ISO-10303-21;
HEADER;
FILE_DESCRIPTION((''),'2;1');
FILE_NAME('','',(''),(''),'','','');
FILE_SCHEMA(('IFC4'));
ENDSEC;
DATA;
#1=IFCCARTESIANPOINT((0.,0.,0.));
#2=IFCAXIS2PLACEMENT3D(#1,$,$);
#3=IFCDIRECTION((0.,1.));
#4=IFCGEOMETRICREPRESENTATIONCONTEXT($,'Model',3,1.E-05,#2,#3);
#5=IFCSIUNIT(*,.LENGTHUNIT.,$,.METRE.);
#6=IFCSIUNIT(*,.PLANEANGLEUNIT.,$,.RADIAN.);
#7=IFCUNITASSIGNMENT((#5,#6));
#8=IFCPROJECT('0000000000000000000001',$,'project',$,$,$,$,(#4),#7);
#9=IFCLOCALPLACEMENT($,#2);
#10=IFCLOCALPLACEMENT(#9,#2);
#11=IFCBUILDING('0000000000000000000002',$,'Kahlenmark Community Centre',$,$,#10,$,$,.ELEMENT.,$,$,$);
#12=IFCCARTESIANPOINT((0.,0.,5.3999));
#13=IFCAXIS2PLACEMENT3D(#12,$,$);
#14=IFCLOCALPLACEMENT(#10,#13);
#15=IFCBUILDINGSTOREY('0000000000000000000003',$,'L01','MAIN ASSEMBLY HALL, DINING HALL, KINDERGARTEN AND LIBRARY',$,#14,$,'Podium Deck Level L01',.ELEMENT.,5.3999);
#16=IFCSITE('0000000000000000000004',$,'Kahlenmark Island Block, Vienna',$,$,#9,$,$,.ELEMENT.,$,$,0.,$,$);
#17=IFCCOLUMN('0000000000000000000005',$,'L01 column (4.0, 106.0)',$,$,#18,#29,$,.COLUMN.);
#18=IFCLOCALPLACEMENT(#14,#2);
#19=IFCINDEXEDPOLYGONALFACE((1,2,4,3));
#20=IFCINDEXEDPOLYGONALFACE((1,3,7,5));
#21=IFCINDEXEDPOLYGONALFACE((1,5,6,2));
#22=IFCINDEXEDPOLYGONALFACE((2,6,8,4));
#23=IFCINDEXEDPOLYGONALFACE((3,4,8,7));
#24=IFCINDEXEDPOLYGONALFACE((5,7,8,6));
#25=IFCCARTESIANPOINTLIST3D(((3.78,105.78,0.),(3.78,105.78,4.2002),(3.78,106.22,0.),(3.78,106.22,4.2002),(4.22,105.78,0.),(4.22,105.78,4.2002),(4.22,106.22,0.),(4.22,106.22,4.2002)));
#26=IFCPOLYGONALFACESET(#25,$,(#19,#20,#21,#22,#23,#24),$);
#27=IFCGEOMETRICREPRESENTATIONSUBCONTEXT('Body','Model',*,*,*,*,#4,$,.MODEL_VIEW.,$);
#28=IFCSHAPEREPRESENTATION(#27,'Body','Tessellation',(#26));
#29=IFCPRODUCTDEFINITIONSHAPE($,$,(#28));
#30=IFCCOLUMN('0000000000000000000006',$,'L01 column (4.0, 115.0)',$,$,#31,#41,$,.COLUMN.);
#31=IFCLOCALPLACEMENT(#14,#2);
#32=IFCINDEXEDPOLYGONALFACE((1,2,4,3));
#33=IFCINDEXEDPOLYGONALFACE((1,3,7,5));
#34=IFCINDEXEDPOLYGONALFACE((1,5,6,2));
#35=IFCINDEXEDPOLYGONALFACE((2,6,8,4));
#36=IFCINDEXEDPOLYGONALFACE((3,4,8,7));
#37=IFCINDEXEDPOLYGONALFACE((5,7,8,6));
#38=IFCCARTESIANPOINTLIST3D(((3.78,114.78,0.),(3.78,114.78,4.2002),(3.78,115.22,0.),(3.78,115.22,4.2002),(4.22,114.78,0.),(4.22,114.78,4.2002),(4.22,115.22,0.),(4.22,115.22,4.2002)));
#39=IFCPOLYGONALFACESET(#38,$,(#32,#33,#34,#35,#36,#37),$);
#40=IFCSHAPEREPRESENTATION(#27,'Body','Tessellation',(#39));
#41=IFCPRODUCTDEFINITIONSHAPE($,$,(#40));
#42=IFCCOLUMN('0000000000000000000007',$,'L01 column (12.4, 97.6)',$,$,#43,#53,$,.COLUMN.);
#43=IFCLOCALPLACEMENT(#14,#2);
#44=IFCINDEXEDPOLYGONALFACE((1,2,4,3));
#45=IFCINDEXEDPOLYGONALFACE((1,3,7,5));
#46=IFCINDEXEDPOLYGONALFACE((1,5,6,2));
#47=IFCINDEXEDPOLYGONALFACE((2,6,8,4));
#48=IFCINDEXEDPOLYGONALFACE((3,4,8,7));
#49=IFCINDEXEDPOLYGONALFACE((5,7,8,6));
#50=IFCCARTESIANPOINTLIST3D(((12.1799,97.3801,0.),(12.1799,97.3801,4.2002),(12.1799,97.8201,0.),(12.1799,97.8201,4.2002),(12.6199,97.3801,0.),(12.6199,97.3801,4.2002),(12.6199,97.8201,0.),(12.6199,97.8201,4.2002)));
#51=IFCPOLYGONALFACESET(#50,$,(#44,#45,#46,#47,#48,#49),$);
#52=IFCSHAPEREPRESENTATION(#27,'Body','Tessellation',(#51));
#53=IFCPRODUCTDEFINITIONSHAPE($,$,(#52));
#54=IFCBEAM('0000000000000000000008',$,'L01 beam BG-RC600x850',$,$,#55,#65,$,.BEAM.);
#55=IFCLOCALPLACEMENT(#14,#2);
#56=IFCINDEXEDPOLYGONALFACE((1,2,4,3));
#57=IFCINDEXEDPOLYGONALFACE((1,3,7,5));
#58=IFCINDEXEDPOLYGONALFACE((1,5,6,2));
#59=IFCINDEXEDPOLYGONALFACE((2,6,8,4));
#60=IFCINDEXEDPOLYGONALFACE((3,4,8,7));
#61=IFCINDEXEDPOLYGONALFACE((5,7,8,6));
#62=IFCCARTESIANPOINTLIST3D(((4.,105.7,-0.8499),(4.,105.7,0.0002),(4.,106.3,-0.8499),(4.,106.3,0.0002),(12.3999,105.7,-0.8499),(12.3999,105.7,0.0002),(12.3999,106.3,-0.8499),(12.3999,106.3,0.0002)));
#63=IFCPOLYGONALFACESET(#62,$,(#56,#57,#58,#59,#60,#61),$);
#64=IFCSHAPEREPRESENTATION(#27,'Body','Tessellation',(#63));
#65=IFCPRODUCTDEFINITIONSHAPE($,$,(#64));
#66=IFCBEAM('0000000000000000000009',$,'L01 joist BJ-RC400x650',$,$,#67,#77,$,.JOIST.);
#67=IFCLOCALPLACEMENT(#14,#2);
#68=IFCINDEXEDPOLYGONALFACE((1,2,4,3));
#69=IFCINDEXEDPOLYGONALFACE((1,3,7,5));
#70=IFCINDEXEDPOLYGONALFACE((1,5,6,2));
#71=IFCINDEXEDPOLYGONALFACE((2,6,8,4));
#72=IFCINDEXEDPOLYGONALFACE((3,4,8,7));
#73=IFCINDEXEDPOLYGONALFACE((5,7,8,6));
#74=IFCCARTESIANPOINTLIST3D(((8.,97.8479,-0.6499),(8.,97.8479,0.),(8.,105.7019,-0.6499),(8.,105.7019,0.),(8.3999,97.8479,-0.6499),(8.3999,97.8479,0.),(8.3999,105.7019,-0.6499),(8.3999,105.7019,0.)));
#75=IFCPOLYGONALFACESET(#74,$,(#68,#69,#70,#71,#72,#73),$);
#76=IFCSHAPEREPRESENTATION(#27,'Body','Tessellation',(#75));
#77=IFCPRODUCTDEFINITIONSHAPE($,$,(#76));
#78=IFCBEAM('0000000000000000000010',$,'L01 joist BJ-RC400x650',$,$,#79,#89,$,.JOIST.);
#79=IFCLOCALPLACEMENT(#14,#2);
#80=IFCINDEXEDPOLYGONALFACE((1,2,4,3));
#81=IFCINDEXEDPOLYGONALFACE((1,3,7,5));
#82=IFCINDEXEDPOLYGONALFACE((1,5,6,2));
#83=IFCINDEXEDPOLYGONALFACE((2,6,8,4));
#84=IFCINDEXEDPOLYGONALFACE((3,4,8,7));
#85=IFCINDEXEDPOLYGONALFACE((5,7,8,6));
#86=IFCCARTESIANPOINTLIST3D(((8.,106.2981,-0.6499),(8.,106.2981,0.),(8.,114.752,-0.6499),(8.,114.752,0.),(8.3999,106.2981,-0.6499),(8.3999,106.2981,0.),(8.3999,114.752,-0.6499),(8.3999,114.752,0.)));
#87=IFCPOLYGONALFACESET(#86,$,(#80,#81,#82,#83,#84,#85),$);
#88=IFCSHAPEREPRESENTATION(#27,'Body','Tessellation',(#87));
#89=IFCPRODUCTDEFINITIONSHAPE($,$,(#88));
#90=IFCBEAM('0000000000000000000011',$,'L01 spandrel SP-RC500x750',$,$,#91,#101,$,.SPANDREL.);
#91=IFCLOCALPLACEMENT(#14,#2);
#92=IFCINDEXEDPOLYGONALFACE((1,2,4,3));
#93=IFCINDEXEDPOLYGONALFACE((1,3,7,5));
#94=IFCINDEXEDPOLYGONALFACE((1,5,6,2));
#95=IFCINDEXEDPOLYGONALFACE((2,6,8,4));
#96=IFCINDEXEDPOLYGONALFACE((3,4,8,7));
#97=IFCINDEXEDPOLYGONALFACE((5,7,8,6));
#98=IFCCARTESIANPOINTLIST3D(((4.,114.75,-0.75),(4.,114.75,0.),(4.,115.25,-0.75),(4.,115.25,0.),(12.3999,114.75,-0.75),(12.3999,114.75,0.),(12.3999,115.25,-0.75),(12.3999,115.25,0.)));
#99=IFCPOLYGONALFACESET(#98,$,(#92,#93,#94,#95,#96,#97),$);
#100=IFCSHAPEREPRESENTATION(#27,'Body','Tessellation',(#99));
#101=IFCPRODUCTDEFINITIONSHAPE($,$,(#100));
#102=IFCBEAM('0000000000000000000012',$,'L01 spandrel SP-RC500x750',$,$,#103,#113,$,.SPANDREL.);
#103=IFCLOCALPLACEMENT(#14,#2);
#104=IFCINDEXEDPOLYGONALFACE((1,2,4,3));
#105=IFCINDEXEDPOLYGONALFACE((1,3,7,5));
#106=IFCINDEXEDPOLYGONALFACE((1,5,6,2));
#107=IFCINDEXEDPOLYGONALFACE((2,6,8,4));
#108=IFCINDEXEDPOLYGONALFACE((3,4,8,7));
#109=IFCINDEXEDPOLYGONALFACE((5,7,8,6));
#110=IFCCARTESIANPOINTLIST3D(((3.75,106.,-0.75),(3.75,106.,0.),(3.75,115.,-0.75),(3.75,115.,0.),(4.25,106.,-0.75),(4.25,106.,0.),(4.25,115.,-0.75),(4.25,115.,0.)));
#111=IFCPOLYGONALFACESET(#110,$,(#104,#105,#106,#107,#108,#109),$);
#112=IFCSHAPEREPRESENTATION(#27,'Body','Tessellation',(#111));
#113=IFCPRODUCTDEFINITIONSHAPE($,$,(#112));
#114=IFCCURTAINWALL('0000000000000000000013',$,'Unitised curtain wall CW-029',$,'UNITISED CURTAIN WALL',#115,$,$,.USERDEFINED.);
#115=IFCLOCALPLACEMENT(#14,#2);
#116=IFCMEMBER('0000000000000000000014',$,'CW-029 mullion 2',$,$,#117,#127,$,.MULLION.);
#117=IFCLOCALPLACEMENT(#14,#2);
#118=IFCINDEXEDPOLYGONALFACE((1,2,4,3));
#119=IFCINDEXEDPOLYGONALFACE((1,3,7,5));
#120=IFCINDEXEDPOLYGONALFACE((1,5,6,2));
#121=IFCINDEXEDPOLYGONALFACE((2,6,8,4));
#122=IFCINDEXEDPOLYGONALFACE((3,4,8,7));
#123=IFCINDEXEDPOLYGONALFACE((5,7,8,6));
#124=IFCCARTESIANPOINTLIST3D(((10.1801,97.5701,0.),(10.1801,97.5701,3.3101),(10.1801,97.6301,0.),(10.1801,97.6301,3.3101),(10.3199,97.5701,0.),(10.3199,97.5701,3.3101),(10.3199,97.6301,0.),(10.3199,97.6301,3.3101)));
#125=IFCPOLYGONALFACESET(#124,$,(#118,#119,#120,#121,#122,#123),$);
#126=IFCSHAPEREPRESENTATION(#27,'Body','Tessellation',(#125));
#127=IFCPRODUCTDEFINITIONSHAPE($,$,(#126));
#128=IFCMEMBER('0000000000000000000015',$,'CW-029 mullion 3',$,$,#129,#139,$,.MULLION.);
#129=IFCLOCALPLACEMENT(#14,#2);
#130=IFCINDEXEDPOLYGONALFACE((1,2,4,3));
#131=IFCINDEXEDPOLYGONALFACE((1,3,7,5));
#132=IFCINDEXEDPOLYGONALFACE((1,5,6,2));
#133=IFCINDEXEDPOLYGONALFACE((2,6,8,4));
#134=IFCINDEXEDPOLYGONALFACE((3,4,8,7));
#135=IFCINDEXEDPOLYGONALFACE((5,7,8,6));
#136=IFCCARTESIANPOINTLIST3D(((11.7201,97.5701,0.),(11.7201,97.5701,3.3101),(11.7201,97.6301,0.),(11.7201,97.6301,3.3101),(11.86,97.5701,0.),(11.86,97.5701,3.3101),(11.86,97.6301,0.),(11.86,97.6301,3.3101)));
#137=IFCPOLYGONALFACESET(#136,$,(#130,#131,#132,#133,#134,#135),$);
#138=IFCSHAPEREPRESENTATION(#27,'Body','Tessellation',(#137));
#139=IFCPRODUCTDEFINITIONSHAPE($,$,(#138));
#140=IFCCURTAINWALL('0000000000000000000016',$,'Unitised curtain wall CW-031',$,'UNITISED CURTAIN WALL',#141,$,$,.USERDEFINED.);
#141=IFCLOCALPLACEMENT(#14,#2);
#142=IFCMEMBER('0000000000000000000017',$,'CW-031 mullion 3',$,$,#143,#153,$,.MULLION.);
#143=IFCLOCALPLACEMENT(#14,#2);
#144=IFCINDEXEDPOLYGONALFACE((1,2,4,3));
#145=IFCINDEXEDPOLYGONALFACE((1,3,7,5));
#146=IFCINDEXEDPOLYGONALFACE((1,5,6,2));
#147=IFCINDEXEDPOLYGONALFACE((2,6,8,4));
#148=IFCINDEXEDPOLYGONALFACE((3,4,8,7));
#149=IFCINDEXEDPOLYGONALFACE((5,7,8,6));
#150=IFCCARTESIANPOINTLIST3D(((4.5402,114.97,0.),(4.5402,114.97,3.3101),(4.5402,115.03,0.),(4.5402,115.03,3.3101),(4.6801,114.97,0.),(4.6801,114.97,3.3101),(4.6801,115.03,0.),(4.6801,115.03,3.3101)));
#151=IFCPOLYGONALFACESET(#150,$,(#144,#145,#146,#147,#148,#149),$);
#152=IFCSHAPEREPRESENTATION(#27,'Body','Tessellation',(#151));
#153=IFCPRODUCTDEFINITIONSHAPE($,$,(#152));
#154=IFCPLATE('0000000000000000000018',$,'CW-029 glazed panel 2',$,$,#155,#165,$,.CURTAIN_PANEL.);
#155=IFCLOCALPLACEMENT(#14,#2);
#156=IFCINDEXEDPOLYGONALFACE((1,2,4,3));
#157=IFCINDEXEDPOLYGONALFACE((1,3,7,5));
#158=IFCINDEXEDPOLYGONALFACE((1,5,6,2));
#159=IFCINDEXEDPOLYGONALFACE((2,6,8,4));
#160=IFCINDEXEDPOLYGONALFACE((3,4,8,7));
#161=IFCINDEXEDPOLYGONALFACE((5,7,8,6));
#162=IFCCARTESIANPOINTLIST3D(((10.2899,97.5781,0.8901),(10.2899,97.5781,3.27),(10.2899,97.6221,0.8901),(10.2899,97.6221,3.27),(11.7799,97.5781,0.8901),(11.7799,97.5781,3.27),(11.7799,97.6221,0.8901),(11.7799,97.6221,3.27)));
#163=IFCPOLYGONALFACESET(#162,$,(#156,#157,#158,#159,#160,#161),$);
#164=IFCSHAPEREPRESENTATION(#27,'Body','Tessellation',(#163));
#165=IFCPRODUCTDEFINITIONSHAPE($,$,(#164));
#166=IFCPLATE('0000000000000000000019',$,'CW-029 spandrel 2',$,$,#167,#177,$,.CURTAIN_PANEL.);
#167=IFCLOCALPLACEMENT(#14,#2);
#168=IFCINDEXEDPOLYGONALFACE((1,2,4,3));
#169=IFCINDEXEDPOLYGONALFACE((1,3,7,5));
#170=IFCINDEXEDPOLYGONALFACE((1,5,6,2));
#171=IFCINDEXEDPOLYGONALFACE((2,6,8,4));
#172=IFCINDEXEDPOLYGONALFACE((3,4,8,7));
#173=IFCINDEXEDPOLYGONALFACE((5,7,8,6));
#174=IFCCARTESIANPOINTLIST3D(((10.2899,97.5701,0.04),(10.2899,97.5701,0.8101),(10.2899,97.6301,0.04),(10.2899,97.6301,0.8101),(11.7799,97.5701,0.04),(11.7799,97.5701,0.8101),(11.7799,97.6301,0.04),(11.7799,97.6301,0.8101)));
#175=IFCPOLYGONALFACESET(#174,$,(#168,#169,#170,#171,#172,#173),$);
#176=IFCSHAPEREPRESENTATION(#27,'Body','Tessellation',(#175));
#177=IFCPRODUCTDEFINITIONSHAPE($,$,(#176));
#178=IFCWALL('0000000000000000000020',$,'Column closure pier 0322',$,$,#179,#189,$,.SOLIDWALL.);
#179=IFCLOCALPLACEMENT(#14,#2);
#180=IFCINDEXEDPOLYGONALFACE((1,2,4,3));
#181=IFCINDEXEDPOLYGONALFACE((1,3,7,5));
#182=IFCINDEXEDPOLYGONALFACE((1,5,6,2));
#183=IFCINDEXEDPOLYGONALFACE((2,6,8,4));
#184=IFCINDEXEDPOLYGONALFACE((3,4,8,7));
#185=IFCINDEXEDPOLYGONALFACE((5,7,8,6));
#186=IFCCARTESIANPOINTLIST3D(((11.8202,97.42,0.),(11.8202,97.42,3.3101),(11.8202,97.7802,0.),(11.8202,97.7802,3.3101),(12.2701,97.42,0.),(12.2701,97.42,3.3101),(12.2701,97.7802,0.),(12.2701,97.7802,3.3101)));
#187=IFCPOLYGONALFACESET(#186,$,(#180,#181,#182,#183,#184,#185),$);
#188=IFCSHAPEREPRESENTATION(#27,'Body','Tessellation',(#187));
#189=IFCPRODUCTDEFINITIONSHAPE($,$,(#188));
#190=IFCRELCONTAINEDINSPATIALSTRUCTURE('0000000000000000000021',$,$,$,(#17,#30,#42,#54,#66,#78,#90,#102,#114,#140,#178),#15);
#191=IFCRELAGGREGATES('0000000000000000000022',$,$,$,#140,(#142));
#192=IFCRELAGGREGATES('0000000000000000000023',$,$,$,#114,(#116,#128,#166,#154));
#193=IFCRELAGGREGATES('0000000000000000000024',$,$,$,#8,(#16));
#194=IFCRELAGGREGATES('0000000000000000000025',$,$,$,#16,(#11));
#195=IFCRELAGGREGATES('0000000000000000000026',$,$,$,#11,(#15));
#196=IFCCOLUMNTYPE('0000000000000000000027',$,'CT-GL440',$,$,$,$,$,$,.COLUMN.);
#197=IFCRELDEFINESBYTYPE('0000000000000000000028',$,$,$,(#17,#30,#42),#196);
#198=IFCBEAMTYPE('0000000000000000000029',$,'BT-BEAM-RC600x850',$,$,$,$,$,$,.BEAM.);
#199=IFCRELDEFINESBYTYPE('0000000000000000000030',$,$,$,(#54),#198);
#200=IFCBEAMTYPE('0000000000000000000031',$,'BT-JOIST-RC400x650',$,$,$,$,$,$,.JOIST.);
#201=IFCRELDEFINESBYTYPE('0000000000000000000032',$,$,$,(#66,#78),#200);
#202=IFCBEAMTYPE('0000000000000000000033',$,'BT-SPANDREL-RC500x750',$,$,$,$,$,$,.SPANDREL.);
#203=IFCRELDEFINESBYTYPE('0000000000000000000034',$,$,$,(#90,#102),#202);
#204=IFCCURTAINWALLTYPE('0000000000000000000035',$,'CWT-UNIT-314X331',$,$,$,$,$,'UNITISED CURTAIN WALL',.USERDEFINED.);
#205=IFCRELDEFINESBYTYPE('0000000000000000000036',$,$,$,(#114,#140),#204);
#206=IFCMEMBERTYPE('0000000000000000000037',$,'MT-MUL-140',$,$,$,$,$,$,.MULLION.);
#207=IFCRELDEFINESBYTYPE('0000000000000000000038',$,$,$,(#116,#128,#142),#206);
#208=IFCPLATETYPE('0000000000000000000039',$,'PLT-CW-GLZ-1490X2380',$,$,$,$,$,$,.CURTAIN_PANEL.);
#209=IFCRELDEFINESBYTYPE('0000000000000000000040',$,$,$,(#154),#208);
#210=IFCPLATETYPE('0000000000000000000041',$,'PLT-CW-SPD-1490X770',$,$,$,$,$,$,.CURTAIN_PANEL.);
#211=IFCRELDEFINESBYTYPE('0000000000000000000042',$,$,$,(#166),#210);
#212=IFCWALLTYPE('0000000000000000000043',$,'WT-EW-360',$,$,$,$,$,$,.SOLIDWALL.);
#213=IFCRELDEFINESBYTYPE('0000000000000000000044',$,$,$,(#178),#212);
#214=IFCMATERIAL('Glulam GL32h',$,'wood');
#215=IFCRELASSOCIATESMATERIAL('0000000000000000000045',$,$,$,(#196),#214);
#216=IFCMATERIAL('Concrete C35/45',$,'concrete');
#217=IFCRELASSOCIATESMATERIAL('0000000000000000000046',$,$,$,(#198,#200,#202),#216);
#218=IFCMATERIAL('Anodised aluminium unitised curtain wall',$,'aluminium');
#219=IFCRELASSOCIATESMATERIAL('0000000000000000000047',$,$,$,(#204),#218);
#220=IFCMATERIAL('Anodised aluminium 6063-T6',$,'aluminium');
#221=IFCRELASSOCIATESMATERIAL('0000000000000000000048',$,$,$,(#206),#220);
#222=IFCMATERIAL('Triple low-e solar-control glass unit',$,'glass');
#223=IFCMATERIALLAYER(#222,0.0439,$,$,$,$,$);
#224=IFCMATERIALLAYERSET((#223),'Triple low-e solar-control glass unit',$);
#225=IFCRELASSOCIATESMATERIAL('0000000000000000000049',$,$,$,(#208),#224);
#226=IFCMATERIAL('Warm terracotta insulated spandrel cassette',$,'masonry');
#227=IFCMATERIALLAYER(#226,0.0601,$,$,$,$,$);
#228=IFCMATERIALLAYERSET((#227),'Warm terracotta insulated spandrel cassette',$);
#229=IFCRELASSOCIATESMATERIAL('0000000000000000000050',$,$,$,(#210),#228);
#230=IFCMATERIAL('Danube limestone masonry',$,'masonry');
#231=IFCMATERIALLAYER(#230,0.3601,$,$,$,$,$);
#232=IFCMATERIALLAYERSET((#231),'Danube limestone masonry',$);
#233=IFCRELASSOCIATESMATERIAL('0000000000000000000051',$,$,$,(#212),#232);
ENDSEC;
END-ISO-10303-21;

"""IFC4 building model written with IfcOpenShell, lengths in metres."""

from ifc_helpers import new_model, si_unit, direction, frame, frame_2d, origin, origin_2d, place, context, subcontext, project, spatial, rectangle, extrude, material, layer, layer_set, material_profile, profile_set, type_object, element, aggregate, save


model = new_model("IFC4")

# Units and contexts
model_context = context("Model", 3, precision=1e-05, world=origin(), true_north=direction((0.0, 1.0)))
body_context = subcontext(model_context, "Body", "Model", "MODEL_VIEW")
ifc_project = project(units=[si_unit("LENGTHUNIT", "METRE"), si_unit("PLANEANGLEUNIT", "RADIAN")], contexts=[model_context])

# Site, building, storey
site_placement = place(None, origin())
site = spatial("IfcSite", under=ifc_project, at=site_placement, Name="Kahlenmark Island Block, Vienna", CompositionType="ELEMENT", RefElevation=0.0)
building_placement = place(site_placement, origin())
building = spatial("IfcBuilding", under=site, at=building_placement, Name="Kahlenmark Community Centre", CompositionType="ELEMENT")
storey_placement = place(building_placement, frame((0.0, 0.0, 5.3999)))
storey = spatial("IfcBuildingStorey", under=building, at=storey_placement, Name="L01", Description="MAIN ASSEMBLY HALL, DINING HALL, KINDERGARTEN AND LIBRARY", LongName="Podium Deck Level L01", CompositionType="ELEMENT", Elevation=5.3999)

# Columns
ifc_material_1 = material(Name="Glulam GL32h", Category="wood")
ifc_material_profile_1 = material_profile(ifc_material_1, rectangle(XDim=0.4399, YDim=0.4399, at=origin_2d()), Name="GL32h 440x440")
ifc_profile_set_1 = profile_set([ifc_material_profile_1], Name="Glulam GL32h")
column_type = type_object("IfcColumnType", Name="CT-GL440", PredefinedType="COLUMN", material=ifc_profile_set_1)
for number, where, z_axis, x_axis, name in (
    (1, (4.0, 106.0, 0.0), (0.0, 0.0, 1.0), (1.0, 0.0, 0.0), "L01 column (4.0, 106.0)"),
    (2, (4.0, 115.0, 0.0), (0.0, 0.0, 1.0), (1.0, 0.0, 0.0), "L01 column (4.0, 115.0)"),
    (3, (12.3999, 97.6001, 0.0), (0.0, 0.0, 1.0), (1.0, 0.0, 0.0), "L01 column (12.4, 97.6)"),
):
    element("IfcColumn", number, at=place(storey_placement, frame(where, z_axis=z_axis, x_axis=x_axis)), inside=storey, type_object=column_type, Name=name, PredefinedType="COLUMN", context=body_context, shape_type="SweptSolid", body=[
        extrude(rectangle(XDim=0.4399, YDim=0.4399, at=origin_2d()), origin(), (0.0, 0.0, 1.0), 4.2002),
    ])

# Beams
ifc_material_2 = material(Name="Concrete C35/45", Category="concrete")
ifc_material_profile_2 = material_profile(ifc_material_2, rectangle(XDim=0.6001, YDim=0.8501, at=origin_2d()), Name="RC 600x850")
ifc_profile_set_2 = profile_set([ifc_material_profile_2], Name="Concrete C35/45")
beam_type_1 = type_object("IfcBeamType", Name="BT-BEAM-RC600x850", PredefinedType="BEAM", material=ifc_profile_set_2)
beam_1_placement = place(storey_placement, frame((4.0, 106.0, -0.4248), z_axis=(1.0, 0.0, 0.0), x_axis=(0.0, 1.0, 0.0)))
element("IfcBeam", 4, at=beam_1_placement, inside=storey, type_object=beam_type_1, Name="L01 beam BG-RC600x850", PredefinedType="BEAM", context=body_context, shape_type="SweptSolid", body=[
    extrude(rectangle(XDim=0.6001, YDim=0.8501, at=origin_2d()), origin(), (0.0, 0.0, 1.0), 8.3999),
])
ifc_material_profile_3 = material_profile(ifc_material_2, rectangle(XDim=0.3999, YDim=0.6499, at=origin_2d()), Name="RC 400x650")
ifc_profile_set_3 = profile_set([ifc_material_profile_3], Name="Concrete C35/45")
beam_type_2 = type_object("IfcBeamType", Name="BT-JOIST-RC400x650", PredefinedType="JOIST", material=ifc_profile_set_3)
beam_2_placement = place(storey_placement, frame((8.2, 97.8479, -0.325), z_axis=(0.0, 1.0, 0.0), x_axis=(-1.0, 0.0, 0.0)))
element("IfcBeam", 5, at=beam_2_placement, inside=storey, type_object=beam_type_2, Name="L01 joist BJ-RC400x650", PredefinedType="JOIST", context=body_context, shape_type="SweptSolid", body=[
    extrude(rectangle(XDim=0.3999, YDim=0.6499, at=origin_2d()), origin(), (0.0, 0.0, 1.0), 7.854),
])
beam_3_placement = place(storey_placement, frame((8.2, 106.2981, -0.325), z_axis=(0.0, 1.0, 0.0), x_axis=(-1.0, 0.0, 0.0)))
element("IfcBeam", 6, at=beam_3_placement, inside=storey, type_object=beam_type_2, Name="L01 joist BJ-RC400x650", PredefinedType="JOIST", context=body_context, shape_type="SweptSolid", body=[
    extrude(rectangle(XDim=0.3999, YDim=0.6499, at=origin_2d()), origin(), (0.0, 0.0, 1.0), 8.4539),
])
ifc_material_profile_4 = material_profile(ifc_material_2, rectangle(XDim=0.5, YDim=0.75, at=origin_2d()), Name="RC 500x750")
ifc_profile_set_4 = profile_set([ifc_material_profile_4], Name="Concrete C35/45")
beam_type_3 = type_object("IfcBeamType", Name="BT-SPANDREL-RC500x750", PredefinedType="SPANDREL", material=ifc_profile_set_4)
beam_4_placement = place(storey_placement, frame((4.0, 115.0, -0.375), z_axis=(1.0, 0.0, 0.0), x_axis=(0.0, 1.0, 0.0)))
element("IfcBeam", 7, at=beam_4_placement, inside=storey, type_object=beam_type_3, Name="L01 spandrel SP-RC500x750", PredefinedType="SPANDREL", context=body_context, shape_type="SweptSolid", body=[
    extrude(rectangle(XDim=0.5, YDim=0.75, at=origin_2d()), origin(), (0.0, 0.0, 1.0), 8.3999),
])
beam_5_placement = place(storey_placement, frame((4.0, 106.0, -0.375), z_axis=(0.0, 1.0, 0.0), x_axis=(-1.0, 0.0, 0.0)))
element("IfcBeam", 8, at=beam_5_placement, inside=storey, type_object=beam_type_3, Name="L01 spandrel SP-RC500x750", PredefinedType="SPANDREL", context=body_context, shape_type="SweptSolid", body=[
    extrude(rectangle(XDim=0.5, YDim=0.75, at=origin_2d()), origin(), (0.0, 0.0, 1.0), 9.0),
])

# Curtain wall, members
ifc_material_3 = material(Name="Anodised aluminium unitised curtain wall", Category="aluminium")
curtain_wall_type = type_object("IfcCurtainWallType", Name="CWT-UNIT-314X331", ElementType="UNITISED CURTAIN WALL", PredefinedType="USERDEFINED", material=ifc_material_3)
curtain_wall_1_placement = place(storey_placement, origin())
curtain_wall_1 = element("IfcCurtainWall", 9, at=curtain_wall_1_placement, inside=storey, type_object=curtain_wall_type, Name="Unitised curtain wall CW-029", ObjectType="UNITISED CURTAIN WALL", PredefinedType="USERDEFINED")
ifc_material_4 = material(Name="Anodised aluminium 6063-T6", Category="aluminium")
ifc_material_profile_5 = material_profile(ifc_material_4, rectangle(XDim=0.0601, YDim=0.1399, at=origin_2d()), Name="ALU MULLION 60x140")
ifc_profile_set_5 = profile_set([ifc_material_profile_5], Name="Anodised aluminium 6063-T6")
member_type = type_object("IfcMemberType", Name="MT-MUL-140", PredefinedType="MULLION", material=ifc_profile_set_5)
member_1_placement = place(storey_placement, frame((10.25, 97.6001, 0.0), z_axis=(0.0, 0.0, 1.0), x_axis=(0.0, 1.0, 0.0)))
member_1 = element("IfcMember", 10, at=member_1_placement, type_object=member_type, Name="CW-029 mullion 2", PredefinedType="MULLION", context=body_context, shape_type="SweptSolid", body=[
    extrude(rectangle(XDim=0.0601, YDim=0.1399, at=origin_2d()), origin(), (0.0, 0.0, 1.0), 3.3101),
])
member_2_placement = place(storey_placement, frame((11.79, 97.6001, 0.0), z_axis=(0.0, 0.0, 1.0), x_axis=(0.0, 1.0, 0.0)))
member_2 = element("IfcMember", 11, at=member_2_placement, type_object=member_type, Name="CW-029 mullion 3", PredefinedType="MULLION", context=body_context, shape_type="SweptSolid", body=[
    extrude(rectangle(XDim=0.0601, YDim=0.1399, at=origin_2d()), origin(), (0.0, 0.0, 1.0), 3.3101),
])

# Curtain wall, member
curtain_wall_2_placement = place(storey_placement, origin())
curtain_wall_2 = element("IfcCurtainWall", 12, at=curtain_wall_2_placement, inside=storey, type_object=curtain_wall_type, Name="Unitised curtain wall CW-031", ObjectType="UNITISED CURTAIN WALL", PredefinedType="USERDEFINED")
member_3_placement = place(storey_placement, frame((4.6101, 115.0, 0.0), z_axis=(0.0, 0.0, 1.0), x_axis=(0.0, -1.0, 0.0)))
member_3 = element("IfcMember", 13, at=member_3_placement, type_object=member_type, Name="CW-031 mullion 3", PredefinedType="MULLION", context=body_context, shape_type="SweptSolid", body=[
    extrude(rectangle(XDim=0.0601, YDim=0.1399, at=origin_2d()), origin(), (0.0, 0.0, 1.0), 3.3101),
])
aggregate(curtain_wall_2, [member_3])

# Plates
ifc_material_5 = material(Name="Triple low-e solar-control glass unit", Category="glass")
ifc_layer_1 = layer(ifc_material_5, 0.0439)
ifc_layer_set_1 = layer_set([ifc_layer_1], Name="Triple low-e solar-control glass unit")
plate_type_1 = type_object("IfcPlateType", Name="PLT-CW-GLZ-1490X2380", PredefinedType="CURTAIN_PANEL", material=ifc_layer_set_1)
plate_1_placement = place(storey_placement, frame((11.0349, 97.6001, 0.8901), z_axis=(0.0, 0.0, 1.0), x_axis=(1.0, 0.0, 0.0)))
plate_1 = element("IfcPlate", 14, at=plate_1_placement, type_object=plate_type_1, Name="CW-029 glazed panel 2", PredefinedType="CURTAIN_PANEL", context=body_context, shape_type="SweptSolid", body=[
    extrude(rectangle(XDim=1.49, YDim=0.0439, at=origin_2d()), origin(), (0.0, 0.0, 1.0), 2.3799),
])
ifc_material_6 = material(Name="Warm terracotta insulated spandrel cassette", Category="masonry")
ifc_layer_2 = layer(ifc_material_6, 0.0601)
ifc_layer_set_2 = layer_set([ifc_layer_2], Name="Warm terracotta insulated spandrel cassette")
plate_type_2 = type_object("IfcPlateType", Name="PLT-CW-SPD-1490X770", PredefinedType="CURTAIN_PANEL", material=ifc_layer_set_2)
plate_2_placement = place(storey_placement, frame((11.0349, 97.6001, 0.04), z_axis=(0.0, 0.0, 1.0), x_axis=(1.0, 0.0, 0.0)))
plate_2 = element("IfcPlate", 15, at=plate_2_placement, type_object=plate_type_2, Name="CW-029 spandrel 2", PredefinedType="CURTAIN_PANEL", context=body_context, shape_type="SweptSolid", body=[
    extrude(rectangle(XDim=1.49, YDim=0.0601, at=origin_2d()), origin(), (0.0, 0.0, 1.0), 0.77),
])
aggregate(curtain_wall_1, [member_1, member_2, plate_2, plate_1])

# Wall
ifc_material_7 = material(Name="Danube limestone masonry", Category="masonry")
ifc_layer_3 = layer(ifc_material_7, 0.3601)
ifc_layer_set_3 = layer_set([ifc_layer_3], Name="Danube limestone masonry")
wall_type_1 = type_object("IfcWallType", Name="WT-EW-360", PredefinedType="SOLIDWALL", material=ifc_layer_set_3)
wall_1_placement = place(storey_placement, frame((11.8201, 97.6001, 0.0), z_axis=(0.0, 0.0, 1.0), x_axis=(1.0, 0.0, 0.0)))
element("IfcWall", 16, at=wall_1_placement, inside=storey, type_object=wall_type_1, Name="Column closure pier 0322", PredefinedType="SOLIDWALL", context=body_context, shape_type="SweptSolid", body=[
    extrude(rectangle(XDim=0.45, YDim=0.3601, at=frame_2d((0.2251, 0.0))), origin(), (0.0, 0.0, 1.0), 3.3101),
])

save(model, "model.ifc")
